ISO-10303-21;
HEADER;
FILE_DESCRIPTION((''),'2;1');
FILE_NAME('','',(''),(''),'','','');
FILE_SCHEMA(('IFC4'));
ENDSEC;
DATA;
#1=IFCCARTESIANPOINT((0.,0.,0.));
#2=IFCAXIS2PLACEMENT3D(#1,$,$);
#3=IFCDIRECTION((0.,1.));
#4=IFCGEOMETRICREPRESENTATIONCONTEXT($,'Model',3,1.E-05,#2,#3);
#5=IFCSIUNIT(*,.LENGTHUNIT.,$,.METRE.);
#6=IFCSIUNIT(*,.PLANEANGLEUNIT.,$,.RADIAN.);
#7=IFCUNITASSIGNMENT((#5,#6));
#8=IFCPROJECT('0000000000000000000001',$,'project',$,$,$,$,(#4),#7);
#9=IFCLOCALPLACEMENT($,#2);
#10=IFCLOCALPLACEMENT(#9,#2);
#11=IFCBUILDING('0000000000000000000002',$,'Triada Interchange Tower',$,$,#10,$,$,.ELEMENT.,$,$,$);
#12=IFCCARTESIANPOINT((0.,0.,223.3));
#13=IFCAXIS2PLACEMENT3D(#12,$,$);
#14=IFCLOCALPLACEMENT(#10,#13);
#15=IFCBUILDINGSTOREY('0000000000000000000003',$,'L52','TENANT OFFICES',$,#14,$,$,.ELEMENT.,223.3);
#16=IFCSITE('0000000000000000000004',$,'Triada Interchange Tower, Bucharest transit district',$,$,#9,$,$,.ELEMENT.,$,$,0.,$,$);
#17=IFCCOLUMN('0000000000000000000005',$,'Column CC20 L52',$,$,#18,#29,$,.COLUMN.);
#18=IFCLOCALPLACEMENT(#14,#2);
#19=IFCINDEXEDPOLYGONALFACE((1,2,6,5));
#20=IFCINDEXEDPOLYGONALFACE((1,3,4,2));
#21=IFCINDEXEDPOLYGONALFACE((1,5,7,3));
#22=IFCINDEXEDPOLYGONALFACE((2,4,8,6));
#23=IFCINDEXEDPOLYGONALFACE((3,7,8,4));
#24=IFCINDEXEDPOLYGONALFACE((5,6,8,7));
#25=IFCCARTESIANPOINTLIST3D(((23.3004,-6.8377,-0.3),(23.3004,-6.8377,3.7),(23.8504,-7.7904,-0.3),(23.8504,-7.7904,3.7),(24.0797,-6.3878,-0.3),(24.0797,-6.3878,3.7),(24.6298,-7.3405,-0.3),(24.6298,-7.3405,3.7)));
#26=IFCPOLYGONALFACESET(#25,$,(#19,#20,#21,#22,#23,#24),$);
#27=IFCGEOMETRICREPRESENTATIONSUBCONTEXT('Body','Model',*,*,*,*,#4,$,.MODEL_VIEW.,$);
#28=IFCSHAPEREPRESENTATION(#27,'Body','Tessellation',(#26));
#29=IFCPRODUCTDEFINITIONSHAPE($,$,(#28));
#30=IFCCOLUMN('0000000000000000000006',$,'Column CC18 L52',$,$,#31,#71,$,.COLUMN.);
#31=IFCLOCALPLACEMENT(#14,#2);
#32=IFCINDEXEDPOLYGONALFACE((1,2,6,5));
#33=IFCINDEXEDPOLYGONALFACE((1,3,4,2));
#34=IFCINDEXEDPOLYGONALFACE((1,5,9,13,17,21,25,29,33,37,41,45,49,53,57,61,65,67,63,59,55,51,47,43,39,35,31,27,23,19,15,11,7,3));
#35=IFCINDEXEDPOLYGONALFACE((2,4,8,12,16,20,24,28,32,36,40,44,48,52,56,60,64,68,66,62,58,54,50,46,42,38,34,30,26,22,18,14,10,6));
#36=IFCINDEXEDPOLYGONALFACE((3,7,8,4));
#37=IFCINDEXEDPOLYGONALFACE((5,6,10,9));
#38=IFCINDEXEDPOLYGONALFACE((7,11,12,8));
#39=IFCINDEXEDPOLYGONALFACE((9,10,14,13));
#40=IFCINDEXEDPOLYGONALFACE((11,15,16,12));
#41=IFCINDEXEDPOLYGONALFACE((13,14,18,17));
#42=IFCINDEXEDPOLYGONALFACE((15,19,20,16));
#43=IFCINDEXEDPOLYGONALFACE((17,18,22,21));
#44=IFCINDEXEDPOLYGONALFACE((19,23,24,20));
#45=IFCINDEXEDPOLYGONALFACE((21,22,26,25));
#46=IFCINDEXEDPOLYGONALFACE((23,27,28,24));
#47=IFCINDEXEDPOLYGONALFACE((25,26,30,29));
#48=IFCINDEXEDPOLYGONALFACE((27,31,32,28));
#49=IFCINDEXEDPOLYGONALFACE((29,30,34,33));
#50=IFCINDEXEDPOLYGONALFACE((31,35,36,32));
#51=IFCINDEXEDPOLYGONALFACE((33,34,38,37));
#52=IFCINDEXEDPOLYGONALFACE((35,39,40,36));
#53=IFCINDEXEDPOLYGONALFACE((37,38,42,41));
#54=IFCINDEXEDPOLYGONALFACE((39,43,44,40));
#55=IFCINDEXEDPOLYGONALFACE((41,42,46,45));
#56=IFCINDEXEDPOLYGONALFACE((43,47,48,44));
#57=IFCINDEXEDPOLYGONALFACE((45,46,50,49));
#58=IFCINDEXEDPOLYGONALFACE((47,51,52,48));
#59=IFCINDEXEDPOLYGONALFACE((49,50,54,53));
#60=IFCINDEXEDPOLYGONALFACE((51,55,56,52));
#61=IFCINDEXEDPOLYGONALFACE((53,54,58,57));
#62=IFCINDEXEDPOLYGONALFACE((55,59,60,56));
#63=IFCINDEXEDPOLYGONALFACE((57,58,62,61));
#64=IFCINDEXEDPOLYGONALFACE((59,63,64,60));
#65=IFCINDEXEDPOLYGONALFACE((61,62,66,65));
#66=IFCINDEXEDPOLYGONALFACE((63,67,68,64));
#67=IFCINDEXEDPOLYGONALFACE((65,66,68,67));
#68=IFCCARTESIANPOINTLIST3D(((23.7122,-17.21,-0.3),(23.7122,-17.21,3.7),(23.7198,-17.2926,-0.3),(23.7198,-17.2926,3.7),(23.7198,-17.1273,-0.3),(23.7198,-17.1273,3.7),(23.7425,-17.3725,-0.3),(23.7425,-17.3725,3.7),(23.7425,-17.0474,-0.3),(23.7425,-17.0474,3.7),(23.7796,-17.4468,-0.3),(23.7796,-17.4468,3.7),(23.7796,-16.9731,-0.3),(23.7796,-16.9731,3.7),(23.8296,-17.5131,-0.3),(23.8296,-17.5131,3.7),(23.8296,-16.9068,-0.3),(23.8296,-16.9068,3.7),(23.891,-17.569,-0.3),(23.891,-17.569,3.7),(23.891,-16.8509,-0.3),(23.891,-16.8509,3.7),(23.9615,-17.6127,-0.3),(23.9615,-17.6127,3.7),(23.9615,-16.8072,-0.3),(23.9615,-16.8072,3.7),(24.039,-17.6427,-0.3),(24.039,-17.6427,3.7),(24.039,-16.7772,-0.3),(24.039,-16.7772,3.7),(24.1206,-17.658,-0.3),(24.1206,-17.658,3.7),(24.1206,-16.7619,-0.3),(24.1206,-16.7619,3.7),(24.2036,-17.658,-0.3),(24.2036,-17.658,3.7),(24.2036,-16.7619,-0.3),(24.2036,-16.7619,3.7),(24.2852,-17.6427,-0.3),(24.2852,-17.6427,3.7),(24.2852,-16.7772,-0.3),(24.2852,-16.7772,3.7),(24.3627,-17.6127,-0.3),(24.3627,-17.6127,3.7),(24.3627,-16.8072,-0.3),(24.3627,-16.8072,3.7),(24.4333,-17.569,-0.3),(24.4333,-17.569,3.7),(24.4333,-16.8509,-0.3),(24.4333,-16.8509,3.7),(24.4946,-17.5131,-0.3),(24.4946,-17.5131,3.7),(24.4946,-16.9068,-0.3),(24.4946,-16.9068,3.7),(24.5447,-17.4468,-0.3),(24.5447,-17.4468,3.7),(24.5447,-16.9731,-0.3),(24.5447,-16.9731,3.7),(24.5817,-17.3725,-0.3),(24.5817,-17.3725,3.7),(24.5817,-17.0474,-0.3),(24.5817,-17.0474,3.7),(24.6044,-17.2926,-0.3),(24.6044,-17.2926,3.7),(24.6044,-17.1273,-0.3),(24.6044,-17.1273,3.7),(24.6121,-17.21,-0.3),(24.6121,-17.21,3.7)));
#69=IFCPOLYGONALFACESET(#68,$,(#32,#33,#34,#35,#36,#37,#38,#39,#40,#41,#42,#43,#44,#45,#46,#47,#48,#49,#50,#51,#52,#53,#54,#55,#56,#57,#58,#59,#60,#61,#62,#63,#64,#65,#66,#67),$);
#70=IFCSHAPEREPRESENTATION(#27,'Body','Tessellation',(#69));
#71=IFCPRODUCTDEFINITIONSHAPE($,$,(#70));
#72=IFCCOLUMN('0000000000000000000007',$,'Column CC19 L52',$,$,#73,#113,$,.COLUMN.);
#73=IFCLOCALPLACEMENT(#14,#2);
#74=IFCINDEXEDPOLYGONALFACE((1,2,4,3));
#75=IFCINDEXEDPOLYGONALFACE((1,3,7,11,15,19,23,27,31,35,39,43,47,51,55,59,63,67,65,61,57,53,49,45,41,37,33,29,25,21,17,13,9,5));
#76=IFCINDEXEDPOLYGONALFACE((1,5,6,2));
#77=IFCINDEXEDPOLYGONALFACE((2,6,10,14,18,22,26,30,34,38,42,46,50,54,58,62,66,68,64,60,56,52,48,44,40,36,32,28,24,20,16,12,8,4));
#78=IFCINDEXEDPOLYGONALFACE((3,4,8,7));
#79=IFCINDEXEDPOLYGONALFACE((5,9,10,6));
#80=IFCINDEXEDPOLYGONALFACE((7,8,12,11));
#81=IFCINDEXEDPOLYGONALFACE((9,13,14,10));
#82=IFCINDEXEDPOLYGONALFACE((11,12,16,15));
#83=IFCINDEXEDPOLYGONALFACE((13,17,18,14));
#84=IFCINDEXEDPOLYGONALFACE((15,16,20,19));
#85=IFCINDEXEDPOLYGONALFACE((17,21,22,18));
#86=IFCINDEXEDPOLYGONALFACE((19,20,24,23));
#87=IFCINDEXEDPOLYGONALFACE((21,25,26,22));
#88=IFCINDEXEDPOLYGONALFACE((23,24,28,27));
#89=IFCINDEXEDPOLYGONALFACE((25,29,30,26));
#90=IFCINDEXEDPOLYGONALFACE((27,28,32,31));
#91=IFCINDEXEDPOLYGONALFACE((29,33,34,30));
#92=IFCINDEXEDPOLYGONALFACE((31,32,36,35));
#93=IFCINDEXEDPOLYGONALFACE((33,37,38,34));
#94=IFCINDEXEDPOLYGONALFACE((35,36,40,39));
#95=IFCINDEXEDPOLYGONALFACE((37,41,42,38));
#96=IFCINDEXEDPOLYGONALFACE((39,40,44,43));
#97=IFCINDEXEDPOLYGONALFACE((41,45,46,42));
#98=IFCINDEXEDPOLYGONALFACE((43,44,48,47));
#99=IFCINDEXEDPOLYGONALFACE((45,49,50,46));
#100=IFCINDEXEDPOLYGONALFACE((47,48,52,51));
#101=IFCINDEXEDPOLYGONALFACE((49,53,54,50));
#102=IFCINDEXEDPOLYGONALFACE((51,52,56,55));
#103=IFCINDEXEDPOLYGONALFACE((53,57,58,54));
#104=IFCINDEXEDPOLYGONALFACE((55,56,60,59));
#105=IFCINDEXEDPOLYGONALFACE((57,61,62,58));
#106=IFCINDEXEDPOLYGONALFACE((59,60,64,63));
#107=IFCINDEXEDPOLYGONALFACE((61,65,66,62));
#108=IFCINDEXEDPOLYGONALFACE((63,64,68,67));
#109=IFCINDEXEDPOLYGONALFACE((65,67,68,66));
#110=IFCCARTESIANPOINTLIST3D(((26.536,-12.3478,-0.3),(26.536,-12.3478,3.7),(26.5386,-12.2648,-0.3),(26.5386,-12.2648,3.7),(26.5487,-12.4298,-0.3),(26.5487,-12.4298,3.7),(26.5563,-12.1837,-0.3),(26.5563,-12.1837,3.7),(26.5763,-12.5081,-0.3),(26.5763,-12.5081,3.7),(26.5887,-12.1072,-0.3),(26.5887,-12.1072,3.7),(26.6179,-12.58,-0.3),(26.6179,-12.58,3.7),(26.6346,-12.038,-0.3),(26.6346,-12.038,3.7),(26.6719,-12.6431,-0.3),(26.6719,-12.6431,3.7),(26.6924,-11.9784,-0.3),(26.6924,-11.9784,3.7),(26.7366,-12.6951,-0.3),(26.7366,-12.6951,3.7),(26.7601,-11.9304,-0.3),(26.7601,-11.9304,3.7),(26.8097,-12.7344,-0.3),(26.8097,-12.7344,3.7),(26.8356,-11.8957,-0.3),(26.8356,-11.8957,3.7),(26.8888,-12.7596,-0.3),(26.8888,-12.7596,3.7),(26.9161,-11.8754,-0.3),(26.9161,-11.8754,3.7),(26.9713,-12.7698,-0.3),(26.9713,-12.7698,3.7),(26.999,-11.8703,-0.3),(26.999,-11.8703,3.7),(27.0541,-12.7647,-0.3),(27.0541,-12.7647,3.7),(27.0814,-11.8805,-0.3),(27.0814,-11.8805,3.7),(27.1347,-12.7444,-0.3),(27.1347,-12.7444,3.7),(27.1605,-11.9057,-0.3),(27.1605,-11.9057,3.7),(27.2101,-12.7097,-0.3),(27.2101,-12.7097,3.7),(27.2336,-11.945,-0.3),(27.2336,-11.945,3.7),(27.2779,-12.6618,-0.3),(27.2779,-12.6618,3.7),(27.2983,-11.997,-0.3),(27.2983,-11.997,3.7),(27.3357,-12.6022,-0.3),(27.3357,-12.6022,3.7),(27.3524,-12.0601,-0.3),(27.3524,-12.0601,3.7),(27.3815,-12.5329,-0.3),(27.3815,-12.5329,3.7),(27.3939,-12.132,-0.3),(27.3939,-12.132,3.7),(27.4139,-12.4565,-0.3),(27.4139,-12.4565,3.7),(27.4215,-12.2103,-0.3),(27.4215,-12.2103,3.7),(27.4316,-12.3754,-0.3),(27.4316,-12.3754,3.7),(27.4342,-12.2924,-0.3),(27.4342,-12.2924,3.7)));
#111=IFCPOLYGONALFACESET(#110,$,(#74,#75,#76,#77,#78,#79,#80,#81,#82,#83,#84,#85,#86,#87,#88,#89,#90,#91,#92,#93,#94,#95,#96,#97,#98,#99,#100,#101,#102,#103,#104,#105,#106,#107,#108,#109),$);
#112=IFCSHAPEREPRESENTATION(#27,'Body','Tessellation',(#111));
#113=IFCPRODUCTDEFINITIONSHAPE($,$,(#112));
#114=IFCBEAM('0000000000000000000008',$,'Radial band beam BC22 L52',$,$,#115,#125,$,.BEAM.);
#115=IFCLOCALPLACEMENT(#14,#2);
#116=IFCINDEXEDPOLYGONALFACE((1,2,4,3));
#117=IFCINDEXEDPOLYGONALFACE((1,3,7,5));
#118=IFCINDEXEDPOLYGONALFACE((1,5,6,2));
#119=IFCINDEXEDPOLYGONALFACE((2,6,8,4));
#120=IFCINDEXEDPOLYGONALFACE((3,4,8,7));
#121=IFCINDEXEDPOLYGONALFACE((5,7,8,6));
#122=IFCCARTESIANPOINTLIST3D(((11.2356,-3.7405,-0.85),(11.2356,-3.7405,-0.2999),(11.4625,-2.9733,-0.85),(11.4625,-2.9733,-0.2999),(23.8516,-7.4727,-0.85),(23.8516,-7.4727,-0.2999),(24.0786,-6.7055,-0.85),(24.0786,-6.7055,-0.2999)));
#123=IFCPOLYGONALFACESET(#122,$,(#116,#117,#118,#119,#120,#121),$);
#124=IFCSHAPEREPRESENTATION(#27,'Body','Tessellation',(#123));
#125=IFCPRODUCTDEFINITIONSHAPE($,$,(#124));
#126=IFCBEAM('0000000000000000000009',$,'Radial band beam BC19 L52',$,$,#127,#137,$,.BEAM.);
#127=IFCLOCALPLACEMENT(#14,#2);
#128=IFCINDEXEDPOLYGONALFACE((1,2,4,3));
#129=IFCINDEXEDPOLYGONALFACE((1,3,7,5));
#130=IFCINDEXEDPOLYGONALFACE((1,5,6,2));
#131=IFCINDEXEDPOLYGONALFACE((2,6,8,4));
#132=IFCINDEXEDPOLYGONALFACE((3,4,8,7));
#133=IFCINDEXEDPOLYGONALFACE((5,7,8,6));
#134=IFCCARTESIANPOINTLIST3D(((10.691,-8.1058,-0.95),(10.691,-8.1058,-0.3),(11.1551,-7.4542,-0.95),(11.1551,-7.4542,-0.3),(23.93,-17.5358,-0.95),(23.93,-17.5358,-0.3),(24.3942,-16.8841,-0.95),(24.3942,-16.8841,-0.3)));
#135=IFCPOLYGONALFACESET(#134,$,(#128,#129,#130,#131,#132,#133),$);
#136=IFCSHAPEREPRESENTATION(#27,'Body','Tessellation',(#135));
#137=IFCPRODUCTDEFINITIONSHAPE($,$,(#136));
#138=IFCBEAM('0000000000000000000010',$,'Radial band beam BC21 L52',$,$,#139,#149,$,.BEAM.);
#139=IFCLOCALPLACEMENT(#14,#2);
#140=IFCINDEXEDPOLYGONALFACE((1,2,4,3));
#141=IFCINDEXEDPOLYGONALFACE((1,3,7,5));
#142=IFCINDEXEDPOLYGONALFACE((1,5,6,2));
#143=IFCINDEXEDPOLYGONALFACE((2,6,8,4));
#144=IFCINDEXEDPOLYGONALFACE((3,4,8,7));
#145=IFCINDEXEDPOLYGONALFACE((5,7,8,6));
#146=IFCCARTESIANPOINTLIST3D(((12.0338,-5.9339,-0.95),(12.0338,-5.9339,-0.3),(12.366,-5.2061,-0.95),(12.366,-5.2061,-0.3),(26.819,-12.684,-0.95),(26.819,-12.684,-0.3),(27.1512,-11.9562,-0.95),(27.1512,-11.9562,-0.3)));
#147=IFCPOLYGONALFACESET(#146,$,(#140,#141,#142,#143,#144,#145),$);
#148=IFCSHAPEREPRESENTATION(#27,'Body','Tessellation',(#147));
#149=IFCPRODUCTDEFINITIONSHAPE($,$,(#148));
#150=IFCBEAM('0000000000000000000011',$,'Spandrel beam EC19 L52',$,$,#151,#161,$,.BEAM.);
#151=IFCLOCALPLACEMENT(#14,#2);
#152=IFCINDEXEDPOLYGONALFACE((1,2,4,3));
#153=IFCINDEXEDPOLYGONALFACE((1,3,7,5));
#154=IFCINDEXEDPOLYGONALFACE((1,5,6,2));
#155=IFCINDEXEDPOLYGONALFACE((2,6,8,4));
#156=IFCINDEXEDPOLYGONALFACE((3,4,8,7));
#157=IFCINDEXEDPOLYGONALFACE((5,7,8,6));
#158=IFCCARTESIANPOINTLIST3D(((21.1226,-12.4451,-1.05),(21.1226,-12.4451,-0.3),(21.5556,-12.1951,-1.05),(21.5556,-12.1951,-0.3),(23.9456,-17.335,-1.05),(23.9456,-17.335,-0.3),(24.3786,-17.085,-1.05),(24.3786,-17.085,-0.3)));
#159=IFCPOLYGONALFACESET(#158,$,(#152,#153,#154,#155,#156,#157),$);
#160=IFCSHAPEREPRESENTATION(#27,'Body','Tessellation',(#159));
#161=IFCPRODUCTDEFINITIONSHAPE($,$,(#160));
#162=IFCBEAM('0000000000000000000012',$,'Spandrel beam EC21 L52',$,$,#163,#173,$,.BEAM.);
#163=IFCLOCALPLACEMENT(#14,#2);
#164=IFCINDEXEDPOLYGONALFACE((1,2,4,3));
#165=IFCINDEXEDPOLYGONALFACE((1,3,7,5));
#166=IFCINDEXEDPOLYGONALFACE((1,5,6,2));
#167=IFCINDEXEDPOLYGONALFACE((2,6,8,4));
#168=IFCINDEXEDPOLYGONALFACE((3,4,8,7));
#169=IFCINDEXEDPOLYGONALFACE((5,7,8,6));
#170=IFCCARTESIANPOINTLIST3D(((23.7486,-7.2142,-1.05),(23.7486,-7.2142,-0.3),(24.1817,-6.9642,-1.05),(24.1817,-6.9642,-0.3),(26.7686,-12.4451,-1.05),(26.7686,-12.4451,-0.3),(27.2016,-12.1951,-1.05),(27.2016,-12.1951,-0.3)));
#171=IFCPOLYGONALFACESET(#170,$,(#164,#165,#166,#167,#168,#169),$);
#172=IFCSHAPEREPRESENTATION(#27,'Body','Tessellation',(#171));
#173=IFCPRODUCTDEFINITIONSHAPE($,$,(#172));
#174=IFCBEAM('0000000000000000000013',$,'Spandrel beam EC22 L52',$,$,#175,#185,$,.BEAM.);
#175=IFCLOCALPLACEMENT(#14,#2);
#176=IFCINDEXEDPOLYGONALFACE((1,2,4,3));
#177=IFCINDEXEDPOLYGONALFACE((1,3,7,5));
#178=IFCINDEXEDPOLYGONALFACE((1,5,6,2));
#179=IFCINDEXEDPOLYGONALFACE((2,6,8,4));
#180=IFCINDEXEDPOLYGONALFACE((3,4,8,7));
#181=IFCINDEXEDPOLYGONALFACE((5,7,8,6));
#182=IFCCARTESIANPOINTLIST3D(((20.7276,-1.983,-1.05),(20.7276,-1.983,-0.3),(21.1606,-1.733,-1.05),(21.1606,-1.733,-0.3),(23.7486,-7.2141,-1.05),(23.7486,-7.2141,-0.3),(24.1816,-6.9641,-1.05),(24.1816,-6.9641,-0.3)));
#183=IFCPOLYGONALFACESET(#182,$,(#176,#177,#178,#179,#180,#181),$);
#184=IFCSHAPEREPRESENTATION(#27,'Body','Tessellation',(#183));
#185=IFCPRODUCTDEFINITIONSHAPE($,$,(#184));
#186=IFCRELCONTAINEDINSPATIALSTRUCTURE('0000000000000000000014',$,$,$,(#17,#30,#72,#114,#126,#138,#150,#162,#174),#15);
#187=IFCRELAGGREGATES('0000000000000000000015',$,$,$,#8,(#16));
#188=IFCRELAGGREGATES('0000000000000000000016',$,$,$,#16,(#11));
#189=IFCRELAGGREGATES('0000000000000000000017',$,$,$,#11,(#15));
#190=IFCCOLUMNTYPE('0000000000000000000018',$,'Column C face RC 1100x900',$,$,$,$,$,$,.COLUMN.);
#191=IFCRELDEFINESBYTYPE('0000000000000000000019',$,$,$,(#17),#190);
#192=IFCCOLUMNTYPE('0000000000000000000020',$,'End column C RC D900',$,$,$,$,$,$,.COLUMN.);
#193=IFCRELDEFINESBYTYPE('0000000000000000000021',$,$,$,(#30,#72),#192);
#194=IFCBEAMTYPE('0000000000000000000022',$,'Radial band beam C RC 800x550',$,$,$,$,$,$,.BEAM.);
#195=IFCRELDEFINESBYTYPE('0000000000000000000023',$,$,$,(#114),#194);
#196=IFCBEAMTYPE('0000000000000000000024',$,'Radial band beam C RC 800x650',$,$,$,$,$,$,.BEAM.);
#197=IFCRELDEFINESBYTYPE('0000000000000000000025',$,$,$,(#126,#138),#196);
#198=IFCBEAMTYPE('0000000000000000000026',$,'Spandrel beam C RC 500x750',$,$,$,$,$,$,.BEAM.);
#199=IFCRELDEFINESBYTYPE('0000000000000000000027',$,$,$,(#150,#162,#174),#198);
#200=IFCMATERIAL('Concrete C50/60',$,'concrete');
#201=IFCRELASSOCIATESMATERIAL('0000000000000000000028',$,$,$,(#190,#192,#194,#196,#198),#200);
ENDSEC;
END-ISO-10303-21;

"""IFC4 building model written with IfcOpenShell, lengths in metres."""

from ifc_helpers import new_model, si_unit, direction, frame, origin, origin_2d, place, context, subcontext, project, spatial, rectangle, circle, extrude, material, material_profile, profile_set, type_object, element, save


model = new_model("IFC4")

# Units and contexts
model_context = context("Model", 3, precision=1e-05, world=origin(), true_north=direction((0.0, 1.0)))
body_context = subcontext(model_context, "Body", "Model", "MODEL_VIEW")
ifc_project = project(units=[si_unit("LENGTHUNIT", "METRE"), si_unit("PLANEANGLEUNIT", "RADIAN")], contexts=[model_context])

# Site, building, storey
site_placement = place(None, origin())
site = spatial("IfcSite", under=ifc_project, at=site_placement, Name="Triada Interchange Tower, Bucharest transit district", CompositionType="ELEMENT", RefElevation=0.0)
building_placement = place(site_placement, origin())
building = spatial("IfcBuilding", under=site, at=building_placement, Name="Triada Interchange Tower", CompositionType="ELEMENT")
storey_placement = place(building_placement, frame((0.0, 0.0, 223.3)))
storey = spatial("IfcBuildingStorey", under=building, at=storey_placement, Name="L52", Description="TENANT OFFICES", CompositionType="ELEMENT", Elevation=223.3)

# Columns
ifc_material_1 = material(Name="Concrete C50/60", Category="concrete")
ifc_material_profile_1 = material_profile(ifc_material_1, rectangle(XDim=1.1001, YDim=0.8999, at=origin_2d()), Name="RC 1100x900")
ifc_profile_set_1 = profile_set([ifc_material_profile_1], Name="Concrete C50/60")
column_type_1 = type_object("IfcColumnType", Name="Column C face RC 1100x900", PredefinedType="COLUMN", material=ifc_profile_set_1)
column_placement = place(storey_placement, frame((23.9651, -7.0891, -0.3), z_axis=(0.0, 0.0, 1.0), x_axis=(-0.5, 0.866025, 0.0)))
element("IfcColumn", 1, at=column_placement, inside=storey, type_object=column_type_1, Name="Column CC20 L52", PredefinedType="COLUMN", context=body_context, shape_type="SweptSolid", body=[
    extrude(rectangle(XDim=1.1001, YDim=0.8999, at=origin_2d()), origin(), (0.0, 0.0, 1.0), 4.0),
])
ifc_material_profile_2 = material_profile(ifc_material_1, circle(Radius=0.45, at=origin_2d()), Name="RC D900")
ifc_profile_set_2 = profile_set([ifc_material_profile_2], Name="Concrete C50/60")
column_type_2 = type_object("IfcColumnType", Name="End column C RC D900", PredefinedType="COLUMN", material=ifc_profile_set_2)
for number, where, z_axis, x_axis, name in (
    (2, (24.1621, -17.21, -0.3), (0.0, 0.0, 1.0), (1.0, 0.0, 0.0), "Column CC18 L52"),
    (3, (26.9851, -12.3201, -0.3), (0.0, 0.0, 1.0), (-0.5, 0.866025, 0.0), "Column CC19 L52"),
):
    element("IfcColumn", number, at=place(storey_placement, frame(where, z_axis=z_axis, x_axis=x_axis)), inside=storey, type_object=column_type_2, Name=name, PredefinedType="COLUMN", context=body_context, shape_type="SweptSolid", body=[
        extrude(circle(Radius=0.45, at=origin_2d()), origin(), (0.0, 0.0, 1.0), 4.0),
    ])

# Beams
ifc_material_profile_3 = material_profile(ifc_material_1, rectangle(XDim=0.8, YDim=0.55, at=origin_2d()), Name="RC 800x550")
ifc_profile_set_3 = profile_set([ifc_material_profile_3], Name="Concrete C50/60")
beam_type_1 = type_object("IfcBeamType", Name="Radial band beam C RC 800x550", PredefinedType="BEAM", material=ifc_profile_set_3)
beam_1_placement = place(storey_placement, frame((23.9651, -7.0891, -0.575), z_axis=(-0.95892, 0.283677, 0.0), x_axis=(-0.283677, -0.95892, 0.0)))
element("IfcBeam", 4, at=beam_1_placement, inside=storey, type_object=beam_type_1, Name="Radial band beam BC22 L52", PredefinedType="BEAM", context=body_context, shape_type="SweptSolid", body=[
    extrude(rectangle(XDim=0.8, YDim=0.55, at=origin_2d()), origin(), (0.0, 0.0, 1.0), 13.1565),
])
ifc_material_profile_4 = material_profile(ifc_material_1, rectangle(XDim=0.8, YDim=0.6499, at=origin_2d()), Name="RC 800x650")
ifc_profile_set_4 = profile_set([ifc_material_profile_4], Name="Concrete C50/60")
beam_type_2 = type_object("IfcBeamType", Name="Radial band beam C RC 800x650", PredefinedType="BEAM", material=ifc_profile_set_4)
beam_2_placement = place(storey_placement, frame((24.1621, -17.21, -0.625), z_axis=(-0.814504, 0.580158, 0.0), x_axis=(-0.580158, -0.814504, 0.0)))
element("IfcBeam", 5, at=beam_2_placement, inside=storey, type_object=beam_type_2, Name="Radial band beam BC19 L52", PredefinedType="BEAM", context=body_context, shape_type="SweptSolid", body=[
    extrude(rectangle(XDim=0.8, YDim=0.6499, at=origin_2d()), origin(), (0.0, 0.0, 1.0), 16.2542),
])
beam_3_placement = place(storey_placement, frame((26.9851, -12.3201, -0.625), z_axis=(-0.909682, 0.415305, 0.0), x_axis=(-0.415305, -0.909682, 0.0)))
element("IfcBeam", 6, at=beam_3_placement, inside=storey, type_object=beam_type_2, Name="Radial band beam BC21 L52", PredefinedType="BEAM", context=body_context, shape_type="SweptSolid", body=[
    extrude(rectangle(XDim=0.8, YDim=0.6499, at=origin_2d()), origin(), (0.0, 0.0, 1.0), 16.2532),
])
ifc_material_profile_5 = material_profile(ifc_material_1, rectangle(XDim=0.5, YDim=0.75, at=origin_2d()), Name="RC 500x750")
ifc_profile_set_5 = profile_set([ifc_material_profile_5], Name="Concrete C50/60")
beam_type_3 = type_object("IfcBeamType", Name="Spandrel beam C RC 500x750", PredefinedType="BEAM", material=ifc_profile_set_5)
beam_4_placement = place(storey_placement, frame((24.1621, -17.21, -0.675), z_axis=(-0.499976, 0.866039, 0.0), x_axis=(-0.866039, -0.499976, 0.0)))
element("IfcBeam", 7, at=beam_4_placement, inside=storey, type_object=beam_type_3, Name="Spandrel beam EC19 L52", PredefinedType="BEAM", context=body_context, shape_type="SweptSolid", body=[
    extrude(rectangle(XDim=0.5, YDim=0.75, at=origin_2d()), origin(), (0.0, 0.0, 1.0), 5.6462),
])
beam_5_placement = place(storey_placement, frame((26.9851, -12.3201, -0.675), z_axis=(-0.499991, 0.866031, 0.0), x_axis=(-0.866031, -0.499991, 0.0)))
element("IfcBeam", 8, at=beam_5_placement, inside=storey, type_object=beam_type_3, Name="Spandrel beam EC21 L52", PredefinedType="BEAM", context=body_context, shape_type="SweptSolid", body=[
    extrude(rectangle(XDim=0.5, YDim=0.75, at=origin_2d()), origin(), (0.0, 0.0, 1.0), 6.04),
])
beam_6_placement = place(storey_placement, frame((23.9651, -7.0891, -0.675), z_axis=(-0.500094, 0.865971, 0.0), x_axis=(-0.865971, -0.500094, 0.0)))
element("IfcBeam", 9, at=beam_6_placement, inside=storey, type_object=beam_type_3, Name="Spandrel beam EC22 L52", PredefinedType="BEAM", context=body_context, shape_type="SweptSolid", body=[
    extrude(rectangle(XDim=0.5, YDim=0.75, at=origin_2d()), origin(), (0.0, 0.0, 1.0), 6.0408),
])

save(model, "model.ifc")
